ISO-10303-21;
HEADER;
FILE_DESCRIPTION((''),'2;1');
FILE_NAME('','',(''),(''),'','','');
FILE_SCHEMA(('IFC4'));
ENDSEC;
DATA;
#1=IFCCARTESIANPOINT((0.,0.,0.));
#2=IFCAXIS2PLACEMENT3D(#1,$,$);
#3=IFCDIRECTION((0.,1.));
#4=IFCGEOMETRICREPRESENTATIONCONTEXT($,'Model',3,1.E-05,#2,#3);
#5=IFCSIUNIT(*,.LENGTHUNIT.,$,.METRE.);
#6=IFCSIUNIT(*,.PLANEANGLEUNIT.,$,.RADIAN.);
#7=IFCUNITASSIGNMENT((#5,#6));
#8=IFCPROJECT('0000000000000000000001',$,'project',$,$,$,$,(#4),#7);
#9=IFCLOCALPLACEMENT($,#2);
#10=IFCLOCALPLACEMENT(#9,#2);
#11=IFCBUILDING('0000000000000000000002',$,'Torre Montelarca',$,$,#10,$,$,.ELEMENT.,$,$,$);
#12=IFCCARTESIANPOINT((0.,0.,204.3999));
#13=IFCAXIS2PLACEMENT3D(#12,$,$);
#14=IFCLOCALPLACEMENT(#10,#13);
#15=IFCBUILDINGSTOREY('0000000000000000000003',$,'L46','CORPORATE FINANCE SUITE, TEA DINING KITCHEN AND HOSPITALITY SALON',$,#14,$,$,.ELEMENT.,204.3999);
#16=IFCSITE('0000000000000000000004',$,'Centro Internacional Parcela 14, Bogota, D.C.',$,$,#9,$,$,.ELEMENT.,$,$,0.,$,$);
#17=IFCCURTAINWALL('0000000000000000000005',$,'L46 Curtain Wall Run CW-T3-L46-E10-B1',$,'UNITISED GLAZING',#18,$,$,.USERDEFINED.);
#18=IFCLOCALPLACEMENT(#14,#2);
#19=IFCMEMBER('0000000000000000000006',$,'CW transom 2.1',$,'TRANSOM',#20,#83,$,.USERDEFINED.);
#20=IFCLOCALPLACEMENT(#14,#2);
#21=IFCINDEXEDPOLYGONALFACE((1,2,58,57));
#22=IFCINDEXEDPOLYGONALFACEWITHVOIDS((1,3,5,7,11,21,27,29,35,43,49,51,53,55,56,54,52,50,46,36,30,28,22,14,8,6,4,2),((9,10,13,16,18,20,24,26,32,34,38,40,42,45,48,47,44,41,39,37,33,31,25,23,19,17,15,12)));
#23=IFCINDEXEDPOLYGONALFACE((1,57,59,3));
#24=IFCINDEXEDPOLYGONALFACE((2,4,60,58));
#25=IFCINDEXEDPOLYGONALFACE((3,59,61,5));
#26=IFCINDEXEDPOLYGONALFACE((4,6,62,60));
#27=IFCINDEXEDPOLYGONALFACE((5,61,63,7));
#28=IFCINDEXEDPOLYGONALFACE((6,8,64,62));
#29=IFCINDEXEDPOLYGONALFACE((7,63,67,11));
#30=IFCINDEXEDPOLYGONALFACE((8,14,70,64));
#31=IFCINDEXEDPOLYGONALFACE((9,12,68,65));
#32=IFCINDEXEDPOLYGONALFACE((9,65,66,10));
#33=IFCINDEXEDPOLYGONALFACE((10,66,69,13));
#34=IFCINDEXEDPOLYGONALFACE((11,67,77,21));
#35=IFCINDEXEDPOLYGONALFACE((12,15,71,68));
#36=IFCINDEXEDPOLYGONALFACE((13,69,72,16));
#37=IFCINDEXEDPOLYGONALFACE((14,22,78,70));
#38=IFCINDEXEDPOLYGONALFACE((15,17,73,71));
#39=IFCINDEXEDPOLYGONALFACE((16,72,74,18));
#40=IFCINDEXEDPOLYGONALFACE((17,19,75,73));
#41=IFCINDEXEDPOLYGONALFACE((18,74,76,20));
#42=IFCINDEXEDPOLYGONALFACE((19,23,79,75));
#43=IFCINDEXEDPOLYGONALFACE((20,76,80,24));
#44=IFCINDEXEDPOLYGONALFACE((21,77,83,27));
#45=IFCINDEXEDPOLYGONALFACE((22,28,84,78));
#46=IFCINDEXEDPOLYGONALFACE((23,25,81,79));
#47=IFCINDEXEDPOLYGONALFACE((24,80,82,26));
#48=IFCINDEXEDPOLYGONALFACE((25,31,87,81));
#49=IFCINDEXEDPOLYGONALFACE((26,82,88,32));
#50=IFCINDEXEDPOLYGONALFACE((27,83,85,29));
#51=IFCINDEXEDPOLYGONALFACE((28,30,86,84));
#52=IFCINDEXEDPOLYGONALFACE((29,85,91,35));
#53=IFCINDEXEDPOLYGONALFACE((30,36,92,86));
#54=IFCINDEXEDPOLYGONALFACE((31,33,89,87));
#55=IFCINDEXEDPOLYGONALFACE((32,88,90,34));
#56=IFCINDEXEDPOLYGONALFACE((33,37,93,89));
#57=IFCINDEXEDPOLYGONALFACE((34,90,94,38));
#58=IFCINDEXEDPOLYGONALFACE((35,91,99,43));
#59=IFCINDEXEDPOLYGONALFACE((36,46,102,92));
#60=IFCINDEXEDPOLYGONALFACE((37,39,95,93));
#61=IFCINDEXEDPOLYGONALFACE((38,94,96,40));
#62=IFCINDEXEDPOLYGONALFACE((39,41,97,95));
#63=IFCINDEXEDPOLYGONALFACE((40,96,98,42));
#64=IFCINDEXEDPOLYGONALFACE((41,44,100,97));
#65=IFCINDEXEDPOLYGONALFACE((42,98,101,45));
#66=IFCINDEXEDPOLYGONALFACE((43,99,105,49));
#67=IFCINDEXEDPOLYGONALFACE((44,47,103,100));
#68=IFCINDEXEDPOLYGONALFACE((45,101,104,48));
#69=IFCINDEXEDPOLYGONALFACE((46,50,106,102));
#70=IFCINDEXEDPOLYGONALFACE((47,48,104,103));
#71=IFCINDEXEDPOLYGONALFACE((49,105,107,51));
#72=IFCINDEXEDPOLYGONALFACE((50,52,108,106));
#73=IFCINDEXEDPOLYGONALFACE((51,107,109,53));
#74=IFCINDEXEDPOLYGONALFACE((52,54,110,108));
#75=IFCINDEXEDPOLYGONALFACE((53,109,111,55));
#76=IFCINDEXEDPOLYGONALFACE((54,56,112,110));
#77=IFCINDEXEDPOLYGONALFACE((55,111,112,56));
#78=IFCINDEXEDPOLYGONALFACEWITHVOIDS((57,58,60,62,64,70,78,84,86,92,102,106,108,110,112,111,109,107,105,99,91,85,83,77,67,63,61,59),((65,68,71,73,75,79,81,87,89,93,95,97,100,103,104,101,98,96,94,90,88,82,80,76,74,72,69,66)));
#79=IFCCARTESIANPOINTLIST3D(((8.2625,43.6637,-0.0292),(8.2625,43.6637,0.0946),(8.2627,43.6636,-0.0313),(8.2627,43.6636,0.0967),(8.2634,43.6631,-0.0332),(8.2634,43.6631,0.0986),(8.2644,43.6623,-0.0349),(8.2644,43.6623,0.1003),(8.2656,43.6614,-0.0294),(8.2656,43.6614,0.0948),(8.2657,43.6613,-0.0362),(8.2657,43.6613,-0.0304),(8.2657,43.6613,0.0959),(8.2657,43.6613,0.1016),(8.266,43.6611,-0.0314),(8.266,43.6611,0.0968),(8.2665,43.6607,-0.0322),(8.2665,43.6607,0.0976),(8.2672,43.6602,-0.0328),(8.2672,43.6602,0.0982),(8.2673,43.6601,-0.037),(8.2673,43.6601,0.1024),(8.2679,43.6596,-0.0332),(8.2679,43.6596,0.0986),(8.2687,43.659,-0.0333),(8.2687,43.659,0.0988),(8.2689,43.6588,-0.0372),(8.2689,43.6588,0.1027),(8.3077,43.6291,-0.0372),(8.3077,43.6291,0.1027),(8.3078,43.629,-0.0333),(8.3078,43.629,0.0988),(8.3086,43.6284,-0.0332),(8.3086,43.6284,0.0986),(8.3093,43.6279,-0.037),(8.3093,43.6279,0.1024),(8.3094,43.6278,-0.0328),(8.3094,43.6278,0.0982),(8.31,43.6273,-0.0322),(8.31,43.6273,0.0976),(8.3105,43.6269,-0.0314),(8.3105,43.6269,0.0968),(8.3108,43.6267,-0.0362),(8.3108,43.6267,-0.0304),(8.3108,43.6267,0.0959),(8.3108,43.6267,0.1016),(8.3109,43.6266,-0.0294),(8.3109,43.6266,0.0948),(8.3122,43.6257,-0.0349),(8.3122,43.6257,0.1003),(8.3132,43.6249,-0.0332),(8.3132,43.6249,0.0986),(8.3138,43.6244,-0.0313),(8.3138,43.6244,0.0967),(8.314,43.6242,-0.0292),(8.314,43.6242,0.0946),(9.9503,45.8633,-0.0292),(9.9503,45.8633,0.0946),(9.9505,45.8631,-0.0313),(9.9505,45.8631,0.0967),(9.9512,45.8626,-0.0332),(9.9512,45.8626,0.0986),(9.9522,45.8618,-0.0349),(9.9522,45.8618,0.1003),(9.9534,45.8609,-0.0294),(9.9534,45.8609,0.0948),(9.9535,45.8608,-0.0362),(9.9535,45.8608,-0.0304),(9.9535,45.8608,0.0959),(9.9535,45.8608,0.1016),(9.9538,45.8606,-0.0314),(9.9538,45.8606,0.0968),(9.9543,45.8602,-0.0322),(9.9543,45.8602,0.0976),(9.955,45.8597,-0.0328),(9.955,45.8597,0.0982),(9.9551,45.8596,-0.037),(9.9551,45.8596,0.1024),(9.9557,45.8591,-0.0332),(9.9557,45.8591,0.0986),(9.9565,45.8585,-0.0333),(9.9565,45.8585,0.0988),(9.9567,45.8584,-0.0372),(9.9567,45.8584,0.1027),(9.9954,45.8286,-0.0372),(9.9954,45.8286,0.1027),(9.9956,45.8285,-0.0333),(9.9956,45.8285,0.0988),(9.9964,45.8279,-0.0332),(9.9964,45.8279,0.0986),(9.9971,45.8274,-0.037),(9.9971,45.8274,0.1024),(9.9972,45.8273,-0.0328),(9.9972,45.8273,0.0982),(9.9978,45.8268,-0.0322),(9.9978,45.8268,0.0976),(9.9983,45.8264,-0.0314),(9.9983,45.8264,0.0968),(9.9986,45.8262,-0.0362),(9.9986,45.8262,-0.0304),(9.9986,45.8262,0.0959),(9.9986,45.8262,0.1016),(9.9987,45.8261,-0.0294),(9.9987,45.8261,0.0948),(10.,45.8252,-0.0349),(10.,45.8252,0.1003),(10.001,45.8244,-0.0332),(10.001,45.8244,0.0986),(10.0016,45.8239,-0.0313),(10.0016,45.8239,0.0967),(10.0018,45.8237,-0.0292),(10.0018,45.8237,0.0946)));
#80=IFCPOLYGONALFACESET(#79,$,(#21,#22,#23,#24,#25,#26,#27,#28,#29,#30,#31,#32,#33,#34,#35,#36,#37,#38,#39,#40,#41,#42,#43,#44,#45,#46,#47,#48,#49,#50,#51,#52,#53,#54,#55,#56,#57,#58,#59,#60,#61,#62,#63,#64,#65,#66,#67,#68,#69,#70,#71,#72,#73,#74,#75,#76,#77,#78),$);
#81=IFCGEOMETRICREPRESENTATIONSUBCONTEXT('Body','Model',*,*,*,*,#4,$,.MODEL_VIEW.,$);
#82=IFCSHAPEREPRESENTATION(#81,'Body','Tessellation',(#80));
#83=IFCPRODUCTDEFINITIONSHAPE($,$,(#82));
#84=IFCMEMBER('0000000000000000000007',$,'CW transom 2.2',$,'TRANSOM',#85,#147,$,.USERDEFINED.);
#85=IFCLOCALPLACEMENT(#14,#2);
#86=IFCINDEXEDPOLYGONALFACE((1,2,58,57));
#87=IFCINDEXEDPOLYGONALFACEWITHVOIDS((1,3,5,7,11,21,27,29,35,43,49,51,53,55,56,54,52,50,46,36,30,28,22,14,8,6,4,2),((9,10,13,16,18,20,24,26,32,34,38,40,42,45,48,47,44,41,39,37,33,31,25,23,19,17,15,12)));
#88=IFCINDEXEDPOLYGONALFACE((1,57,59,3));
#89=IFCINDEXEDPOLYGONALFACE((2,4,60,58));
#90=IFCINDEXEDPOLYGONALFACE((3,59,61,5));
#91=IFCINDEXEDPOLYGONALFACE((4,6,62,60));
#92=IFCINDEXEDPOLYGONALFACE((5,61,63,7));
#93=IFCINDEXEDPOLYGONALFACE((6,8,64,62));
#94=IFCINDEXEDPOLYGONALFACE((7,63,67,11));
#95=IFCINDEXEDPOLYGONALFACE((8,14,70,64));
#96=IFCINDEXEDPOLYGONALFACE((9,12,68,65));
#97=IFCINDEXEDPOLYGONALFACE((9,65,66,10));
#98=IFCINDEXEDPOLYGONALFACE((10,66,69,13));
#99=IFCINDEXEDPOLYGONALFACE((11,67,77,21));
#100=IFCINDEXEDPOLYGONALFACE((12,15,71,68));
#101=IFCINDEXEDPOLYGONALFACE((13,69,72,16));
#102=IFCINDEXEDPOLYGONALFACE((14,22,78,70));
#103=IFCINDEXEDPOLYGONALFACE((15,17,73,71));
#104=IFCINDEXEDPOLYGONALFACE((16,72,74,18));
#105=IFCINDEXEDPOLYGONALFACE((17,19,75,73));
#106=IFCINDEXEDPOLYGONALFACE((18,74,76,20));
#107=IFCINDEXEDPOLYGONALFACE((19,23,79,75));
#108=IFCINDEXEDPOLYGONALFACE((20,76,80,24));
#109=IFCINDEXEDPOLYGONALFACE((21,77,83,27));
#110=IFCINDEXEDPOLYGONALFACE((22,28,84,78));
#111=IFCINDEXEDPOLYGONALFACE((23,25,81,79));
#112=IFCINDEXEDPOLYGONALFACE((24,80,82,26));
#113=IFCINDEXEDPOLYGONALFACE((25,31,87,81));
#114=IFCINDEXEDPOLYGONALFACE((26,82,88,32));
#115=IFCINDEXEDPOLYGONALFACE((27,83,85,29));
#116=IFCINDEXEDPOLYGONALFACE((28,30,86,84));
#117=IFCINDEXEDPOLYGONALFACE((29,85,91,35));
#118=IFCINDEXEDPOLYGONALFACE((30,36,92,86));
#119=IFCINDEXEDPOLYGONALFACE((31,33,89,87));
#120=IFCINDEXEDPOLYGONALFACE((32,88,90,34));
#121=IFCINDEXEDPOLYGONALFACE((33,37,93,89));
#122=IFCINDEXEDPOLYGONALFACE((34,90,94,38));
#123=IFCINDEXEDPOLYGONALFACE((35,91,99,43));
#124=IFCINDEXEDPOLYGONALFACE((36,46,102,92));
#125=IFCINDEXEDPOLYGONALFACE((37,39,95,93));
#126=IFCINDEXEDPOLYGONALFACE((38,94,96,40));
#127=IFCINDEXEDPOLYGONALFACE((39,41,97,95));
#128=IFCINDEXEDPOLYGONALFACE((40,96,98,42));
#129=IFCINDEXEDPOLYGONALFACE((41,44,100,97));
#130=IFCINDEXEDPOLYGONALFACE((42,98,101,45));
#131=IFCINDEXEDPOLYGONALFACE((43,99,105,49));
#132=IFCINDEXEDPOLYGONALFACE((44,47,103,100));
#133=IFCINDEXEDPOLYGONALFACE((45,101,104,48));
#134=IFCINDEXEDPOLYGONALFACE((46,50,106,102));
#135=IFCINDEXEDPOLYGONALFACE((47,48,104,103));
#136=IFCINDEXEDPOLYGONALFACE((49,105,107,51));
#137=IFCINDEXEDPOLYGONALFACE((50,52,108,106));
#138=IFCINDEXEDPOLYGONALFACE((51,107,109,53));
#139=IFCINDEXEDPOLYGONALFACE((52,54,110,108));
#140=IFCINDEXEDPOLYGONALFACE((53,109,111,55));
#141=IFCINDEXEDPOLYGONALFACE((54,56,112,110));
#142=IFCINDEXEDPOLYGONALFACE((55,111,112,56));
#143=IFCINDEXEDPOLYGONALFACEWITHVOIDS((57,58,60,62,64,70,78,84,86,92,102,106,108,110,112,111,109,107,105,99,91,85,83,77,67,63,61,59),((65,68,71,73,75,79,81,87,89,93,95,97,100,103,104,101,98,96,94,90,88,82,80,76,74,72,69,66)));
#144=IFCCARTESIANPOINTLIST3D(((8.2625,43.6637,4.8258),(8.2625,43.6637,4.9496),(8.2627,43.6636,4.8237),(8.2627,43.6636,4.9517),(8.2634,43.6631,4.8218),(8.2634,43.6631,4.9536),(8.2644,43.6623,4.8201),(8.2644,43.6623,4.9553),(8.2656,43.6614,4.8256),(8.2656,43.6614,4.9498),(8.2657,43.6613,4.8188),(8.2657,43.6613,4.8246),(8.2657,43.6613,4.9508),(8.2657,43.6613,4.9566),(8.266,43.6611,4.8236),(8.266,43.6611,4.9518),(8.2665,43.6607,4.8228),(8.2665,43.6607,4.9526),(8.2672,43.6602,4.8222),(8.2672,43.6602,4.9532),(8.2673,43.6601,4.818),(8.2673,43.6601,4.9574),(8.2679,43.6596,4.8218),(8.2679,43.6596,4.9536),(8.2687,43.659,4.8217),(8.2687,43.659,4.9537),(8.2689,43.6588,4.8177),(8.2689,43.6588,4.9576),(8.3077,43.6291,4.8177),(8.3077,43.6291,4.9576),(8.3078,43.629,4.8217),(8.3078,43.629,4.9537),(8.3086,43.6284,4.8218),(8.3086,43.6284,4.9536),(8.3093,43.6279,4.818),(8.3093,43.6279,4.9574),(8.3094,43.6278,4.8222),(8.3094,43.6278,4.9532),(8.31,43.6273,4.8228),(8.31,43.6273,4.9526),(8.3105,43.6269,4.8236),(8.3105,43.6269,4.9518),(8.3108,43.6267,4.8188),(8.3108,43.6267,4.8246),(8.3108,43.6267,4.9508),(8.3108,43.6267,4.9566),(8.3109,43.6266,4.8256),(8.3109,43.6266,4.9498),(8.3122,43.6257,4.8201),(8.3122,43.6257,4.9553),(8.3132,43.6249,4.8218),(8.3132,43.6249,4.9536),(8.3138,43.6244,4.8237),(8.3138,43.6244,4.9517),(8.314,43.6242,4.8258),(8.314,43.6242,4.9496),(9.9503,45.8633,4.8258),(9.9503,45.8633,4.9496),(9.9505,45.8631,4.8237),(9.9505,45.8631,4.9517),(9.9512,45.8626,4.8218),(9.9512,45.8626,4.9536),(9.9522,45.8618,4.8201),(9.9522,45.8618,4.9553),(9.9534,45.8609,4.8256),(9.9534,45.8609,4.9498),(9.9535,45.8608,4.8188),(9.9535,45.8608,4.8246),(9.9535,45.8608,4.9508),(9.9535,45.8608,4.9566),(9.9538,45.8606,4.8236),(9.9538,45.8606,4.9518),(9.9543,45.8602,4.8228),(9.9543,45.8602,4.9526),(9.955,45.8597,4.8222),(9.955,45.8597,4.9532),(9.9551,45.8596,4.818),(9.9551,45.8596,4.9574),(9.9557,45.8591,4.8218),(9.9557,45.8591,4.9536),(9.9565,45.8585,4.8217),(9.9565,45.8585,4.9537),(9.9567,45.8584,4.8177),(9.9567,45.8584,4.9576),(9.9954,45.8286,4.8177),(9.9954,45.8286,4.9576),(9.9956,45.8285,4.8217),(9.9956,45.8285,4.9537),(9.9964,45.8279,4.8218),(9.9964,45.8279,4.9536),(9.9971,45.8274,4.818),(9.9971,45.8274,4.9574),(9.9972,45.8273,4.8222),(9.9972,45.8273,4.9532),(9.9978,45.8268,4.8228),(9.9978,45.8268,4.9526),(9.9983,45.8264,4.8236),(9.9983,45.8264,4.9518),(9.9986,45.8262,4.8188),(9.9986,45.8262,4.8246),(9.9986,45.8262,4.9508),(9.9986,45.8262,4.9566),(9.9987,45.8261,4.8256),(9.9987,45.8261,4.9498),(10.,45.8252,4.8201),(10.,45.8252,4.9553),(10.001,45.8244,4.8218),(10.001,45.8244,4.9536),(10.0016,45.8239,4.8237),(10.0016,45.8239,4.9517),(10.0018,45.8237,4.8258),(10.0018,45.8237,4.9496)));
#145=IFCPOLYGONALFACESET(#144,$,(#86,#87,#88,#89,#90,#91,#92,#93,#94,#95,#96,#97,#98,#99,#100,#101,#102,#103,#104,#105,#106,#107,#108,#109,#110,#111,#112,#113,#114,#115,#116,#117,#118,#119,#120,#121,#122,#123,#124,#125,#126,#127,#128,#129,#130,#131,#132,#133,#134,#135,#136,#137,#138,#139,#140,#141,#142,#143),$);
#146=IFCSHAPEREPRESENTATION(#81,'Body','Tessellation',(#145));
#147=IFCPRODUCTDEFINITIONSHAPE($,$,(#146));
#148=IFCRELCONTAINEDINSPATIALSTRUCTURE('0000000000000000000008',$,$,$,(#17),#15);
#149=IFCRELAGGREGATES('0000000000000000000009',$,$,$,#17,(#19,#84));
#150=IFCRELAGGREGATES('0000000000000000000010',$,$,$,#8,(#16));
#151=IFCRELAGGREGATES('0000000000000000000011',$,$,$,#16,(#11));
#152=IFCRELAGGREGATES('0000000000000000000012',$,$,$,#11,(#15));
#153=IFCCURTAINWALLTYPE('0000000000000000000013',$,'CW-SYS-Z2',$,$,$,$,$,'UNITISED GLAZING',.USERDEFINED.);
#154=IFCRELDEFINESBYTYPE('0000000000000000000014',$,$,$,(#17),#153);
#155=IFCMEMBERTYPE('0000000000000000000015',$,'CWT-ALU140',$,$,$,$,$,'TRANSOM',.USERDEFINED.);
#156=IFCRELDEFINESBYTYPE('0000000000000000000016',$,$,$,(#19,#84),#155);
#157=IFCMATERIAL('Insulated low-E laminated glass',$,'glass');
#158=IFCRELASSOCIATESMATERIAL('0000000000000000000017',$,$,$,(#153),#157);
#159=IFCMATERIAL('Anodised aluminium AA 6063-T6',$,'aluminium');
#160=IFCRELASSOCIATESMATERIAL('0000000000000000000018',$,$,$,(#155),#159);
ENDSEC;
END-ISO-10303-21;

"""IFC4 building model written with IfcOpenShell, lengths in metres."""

from ifc_helpers import new_model, si_unit, direction, frame, origin, origin_2d, place, context, subcontext, project, spatial, hollow_rectangle, extrude, source, transform, mapped, material, material_profile, profile_set, type_object, element, aggregate, save


model = new_model("IFC4")

# Units and contexts
model_context = context("Model", 3, precision=1e-05, world=origin(), true_north=direction((0.0, 1.0)))
body_context = subcontext(model_context, "Body", "Model", "MODEL_VIEW")
ifc_project = project(units=[si_unit("LENGTHUNIT", "METRE"), si_unit("PLANEANGLEUNIT", "RADIAN")], contexts=[model_context])

# Site, building, storey
site_placement = place(None, origin())
site = spatial("IfcSite", under=ifc_project, at=site_placement, Name="Centro Internacional Parcela 14, Bogota, D.C.", CompositionType="ELEMENT", RefElevation=0.0)
building_placement = place(site_placement, origin())
building = spatial("IfcBuilding", under=site, at=building_placement, Name="Torre Montelarca", CompositionType="ELEMENT")
storey_placement = place(building_placement, frame((0.0, 0.0, 204.3999)))
storey = spatial("IfcBuildingStorey", under=building, at=storey_placement, Name="L46", Description="CORPORATE FINANCE SUITE, TEA DINING KITCHEN AND HOSPITALITY SALON", CompositionType="ELEMENT", Elevation=204.3999)

# Curtain wall, members
ifc_material_1 = material(Name="Insulated low-E laminated glass", Category="glass")
curtain_wall_type = type_object("IfcCurtainWallType", Name="CW-SYS-Z2", ElementType="UNITISED GLAZING", PredefinedType="USERDEFINED", material=ifc_material_1)
ifc_material_2 = material(Name="Anodised aluminium AA 6063-T6", Category="aluminium")
ifc_material_profile_1 = material_profile(ifc_material_2, hollow_rectangle(XDim=0.0649, YDim=0.1399, WallThickness=0.0039, InnerFilletRadius=0.0039, OuterFilletRadius=0.0081, at=origin_2d()), Name="ALU65X140X4", Category="aluminium")
ifc_profile_set_1 = profile_set([ifc_material_profile_1], Name="Anodised aluminium AA 6063-T6")
member_type_1 = type_object("IfcMemberType", Name="CWT-ALU140", ElementType="TRANSOM", PredefinedType="USERDEFINED", material=ifc_profile_set_1)
curtain_wall_1_placement = place(storey_placement, origin())
curtain_wall_1 = element("IfcCurtainWall", 1, at=curtain_wall_1_placement, inside=storey, type_object=curtain_wall_type, Name="L46 Curtain Wall Run CW-T3-L46-E10-B1", ObjectType="UNITISED GLAZING", PredefinedType="USERDEFINED")
shared_shape_1 = source(origin(), body_context, "Body", "SweptSolid", [
    extrude(hollow_rectangle(XDim=0.0649, YDim=0.1399, WallThickness=0.0039, InnerFilletRadius=0.0039, OuterFilletRadius=0.0081, at=origin_2d()), origin(), (0.0, 0.0, 1.0), 2.7725),
])
member_1_placement = place(storey_placement, frame((9.9761, 45.8435, 0.0327), z_axis=(-0.60877, -0.793347, 0.0), x_axis=(0.793347, -0.60877, 0.0)))
member_1 = element("IfcMember", 2, at=member_1_placement, type_object=member_type_1, Name="CW transom 2.1", ObjectType="TRANSOM", PredefinedType="USERDEFINED", context=body_context, shape_type="MappedRepresentation", body=[
    mapped(shared_shape_1, transform((0.0, 0.0, 0.0), scale=1.0)),
])
member_2_placement = place(storey_placement, frame((9.9761, 45.8435, 4.8877), z_axis=(-0.60877, -0.793347, 0.0), x_axis=(0.793347, -0.60877, 0.0)))
member_2 = element("IfcMember", 3, at=member_2_placement, type_object=member_type_1, Name="CW transom 2.2", ObjectType="TRANSOM", PredefinedType="USERDEFINED", context=body_context, shape_type="MappedRepresentation", body=[
    mapped(shared_shape_1, transform((0.0, 0.0, 0.0), scale=1.0)),
])

aggregate(curtain_wall_1, [member_1, member_2])

save(model, "model.ifc")
